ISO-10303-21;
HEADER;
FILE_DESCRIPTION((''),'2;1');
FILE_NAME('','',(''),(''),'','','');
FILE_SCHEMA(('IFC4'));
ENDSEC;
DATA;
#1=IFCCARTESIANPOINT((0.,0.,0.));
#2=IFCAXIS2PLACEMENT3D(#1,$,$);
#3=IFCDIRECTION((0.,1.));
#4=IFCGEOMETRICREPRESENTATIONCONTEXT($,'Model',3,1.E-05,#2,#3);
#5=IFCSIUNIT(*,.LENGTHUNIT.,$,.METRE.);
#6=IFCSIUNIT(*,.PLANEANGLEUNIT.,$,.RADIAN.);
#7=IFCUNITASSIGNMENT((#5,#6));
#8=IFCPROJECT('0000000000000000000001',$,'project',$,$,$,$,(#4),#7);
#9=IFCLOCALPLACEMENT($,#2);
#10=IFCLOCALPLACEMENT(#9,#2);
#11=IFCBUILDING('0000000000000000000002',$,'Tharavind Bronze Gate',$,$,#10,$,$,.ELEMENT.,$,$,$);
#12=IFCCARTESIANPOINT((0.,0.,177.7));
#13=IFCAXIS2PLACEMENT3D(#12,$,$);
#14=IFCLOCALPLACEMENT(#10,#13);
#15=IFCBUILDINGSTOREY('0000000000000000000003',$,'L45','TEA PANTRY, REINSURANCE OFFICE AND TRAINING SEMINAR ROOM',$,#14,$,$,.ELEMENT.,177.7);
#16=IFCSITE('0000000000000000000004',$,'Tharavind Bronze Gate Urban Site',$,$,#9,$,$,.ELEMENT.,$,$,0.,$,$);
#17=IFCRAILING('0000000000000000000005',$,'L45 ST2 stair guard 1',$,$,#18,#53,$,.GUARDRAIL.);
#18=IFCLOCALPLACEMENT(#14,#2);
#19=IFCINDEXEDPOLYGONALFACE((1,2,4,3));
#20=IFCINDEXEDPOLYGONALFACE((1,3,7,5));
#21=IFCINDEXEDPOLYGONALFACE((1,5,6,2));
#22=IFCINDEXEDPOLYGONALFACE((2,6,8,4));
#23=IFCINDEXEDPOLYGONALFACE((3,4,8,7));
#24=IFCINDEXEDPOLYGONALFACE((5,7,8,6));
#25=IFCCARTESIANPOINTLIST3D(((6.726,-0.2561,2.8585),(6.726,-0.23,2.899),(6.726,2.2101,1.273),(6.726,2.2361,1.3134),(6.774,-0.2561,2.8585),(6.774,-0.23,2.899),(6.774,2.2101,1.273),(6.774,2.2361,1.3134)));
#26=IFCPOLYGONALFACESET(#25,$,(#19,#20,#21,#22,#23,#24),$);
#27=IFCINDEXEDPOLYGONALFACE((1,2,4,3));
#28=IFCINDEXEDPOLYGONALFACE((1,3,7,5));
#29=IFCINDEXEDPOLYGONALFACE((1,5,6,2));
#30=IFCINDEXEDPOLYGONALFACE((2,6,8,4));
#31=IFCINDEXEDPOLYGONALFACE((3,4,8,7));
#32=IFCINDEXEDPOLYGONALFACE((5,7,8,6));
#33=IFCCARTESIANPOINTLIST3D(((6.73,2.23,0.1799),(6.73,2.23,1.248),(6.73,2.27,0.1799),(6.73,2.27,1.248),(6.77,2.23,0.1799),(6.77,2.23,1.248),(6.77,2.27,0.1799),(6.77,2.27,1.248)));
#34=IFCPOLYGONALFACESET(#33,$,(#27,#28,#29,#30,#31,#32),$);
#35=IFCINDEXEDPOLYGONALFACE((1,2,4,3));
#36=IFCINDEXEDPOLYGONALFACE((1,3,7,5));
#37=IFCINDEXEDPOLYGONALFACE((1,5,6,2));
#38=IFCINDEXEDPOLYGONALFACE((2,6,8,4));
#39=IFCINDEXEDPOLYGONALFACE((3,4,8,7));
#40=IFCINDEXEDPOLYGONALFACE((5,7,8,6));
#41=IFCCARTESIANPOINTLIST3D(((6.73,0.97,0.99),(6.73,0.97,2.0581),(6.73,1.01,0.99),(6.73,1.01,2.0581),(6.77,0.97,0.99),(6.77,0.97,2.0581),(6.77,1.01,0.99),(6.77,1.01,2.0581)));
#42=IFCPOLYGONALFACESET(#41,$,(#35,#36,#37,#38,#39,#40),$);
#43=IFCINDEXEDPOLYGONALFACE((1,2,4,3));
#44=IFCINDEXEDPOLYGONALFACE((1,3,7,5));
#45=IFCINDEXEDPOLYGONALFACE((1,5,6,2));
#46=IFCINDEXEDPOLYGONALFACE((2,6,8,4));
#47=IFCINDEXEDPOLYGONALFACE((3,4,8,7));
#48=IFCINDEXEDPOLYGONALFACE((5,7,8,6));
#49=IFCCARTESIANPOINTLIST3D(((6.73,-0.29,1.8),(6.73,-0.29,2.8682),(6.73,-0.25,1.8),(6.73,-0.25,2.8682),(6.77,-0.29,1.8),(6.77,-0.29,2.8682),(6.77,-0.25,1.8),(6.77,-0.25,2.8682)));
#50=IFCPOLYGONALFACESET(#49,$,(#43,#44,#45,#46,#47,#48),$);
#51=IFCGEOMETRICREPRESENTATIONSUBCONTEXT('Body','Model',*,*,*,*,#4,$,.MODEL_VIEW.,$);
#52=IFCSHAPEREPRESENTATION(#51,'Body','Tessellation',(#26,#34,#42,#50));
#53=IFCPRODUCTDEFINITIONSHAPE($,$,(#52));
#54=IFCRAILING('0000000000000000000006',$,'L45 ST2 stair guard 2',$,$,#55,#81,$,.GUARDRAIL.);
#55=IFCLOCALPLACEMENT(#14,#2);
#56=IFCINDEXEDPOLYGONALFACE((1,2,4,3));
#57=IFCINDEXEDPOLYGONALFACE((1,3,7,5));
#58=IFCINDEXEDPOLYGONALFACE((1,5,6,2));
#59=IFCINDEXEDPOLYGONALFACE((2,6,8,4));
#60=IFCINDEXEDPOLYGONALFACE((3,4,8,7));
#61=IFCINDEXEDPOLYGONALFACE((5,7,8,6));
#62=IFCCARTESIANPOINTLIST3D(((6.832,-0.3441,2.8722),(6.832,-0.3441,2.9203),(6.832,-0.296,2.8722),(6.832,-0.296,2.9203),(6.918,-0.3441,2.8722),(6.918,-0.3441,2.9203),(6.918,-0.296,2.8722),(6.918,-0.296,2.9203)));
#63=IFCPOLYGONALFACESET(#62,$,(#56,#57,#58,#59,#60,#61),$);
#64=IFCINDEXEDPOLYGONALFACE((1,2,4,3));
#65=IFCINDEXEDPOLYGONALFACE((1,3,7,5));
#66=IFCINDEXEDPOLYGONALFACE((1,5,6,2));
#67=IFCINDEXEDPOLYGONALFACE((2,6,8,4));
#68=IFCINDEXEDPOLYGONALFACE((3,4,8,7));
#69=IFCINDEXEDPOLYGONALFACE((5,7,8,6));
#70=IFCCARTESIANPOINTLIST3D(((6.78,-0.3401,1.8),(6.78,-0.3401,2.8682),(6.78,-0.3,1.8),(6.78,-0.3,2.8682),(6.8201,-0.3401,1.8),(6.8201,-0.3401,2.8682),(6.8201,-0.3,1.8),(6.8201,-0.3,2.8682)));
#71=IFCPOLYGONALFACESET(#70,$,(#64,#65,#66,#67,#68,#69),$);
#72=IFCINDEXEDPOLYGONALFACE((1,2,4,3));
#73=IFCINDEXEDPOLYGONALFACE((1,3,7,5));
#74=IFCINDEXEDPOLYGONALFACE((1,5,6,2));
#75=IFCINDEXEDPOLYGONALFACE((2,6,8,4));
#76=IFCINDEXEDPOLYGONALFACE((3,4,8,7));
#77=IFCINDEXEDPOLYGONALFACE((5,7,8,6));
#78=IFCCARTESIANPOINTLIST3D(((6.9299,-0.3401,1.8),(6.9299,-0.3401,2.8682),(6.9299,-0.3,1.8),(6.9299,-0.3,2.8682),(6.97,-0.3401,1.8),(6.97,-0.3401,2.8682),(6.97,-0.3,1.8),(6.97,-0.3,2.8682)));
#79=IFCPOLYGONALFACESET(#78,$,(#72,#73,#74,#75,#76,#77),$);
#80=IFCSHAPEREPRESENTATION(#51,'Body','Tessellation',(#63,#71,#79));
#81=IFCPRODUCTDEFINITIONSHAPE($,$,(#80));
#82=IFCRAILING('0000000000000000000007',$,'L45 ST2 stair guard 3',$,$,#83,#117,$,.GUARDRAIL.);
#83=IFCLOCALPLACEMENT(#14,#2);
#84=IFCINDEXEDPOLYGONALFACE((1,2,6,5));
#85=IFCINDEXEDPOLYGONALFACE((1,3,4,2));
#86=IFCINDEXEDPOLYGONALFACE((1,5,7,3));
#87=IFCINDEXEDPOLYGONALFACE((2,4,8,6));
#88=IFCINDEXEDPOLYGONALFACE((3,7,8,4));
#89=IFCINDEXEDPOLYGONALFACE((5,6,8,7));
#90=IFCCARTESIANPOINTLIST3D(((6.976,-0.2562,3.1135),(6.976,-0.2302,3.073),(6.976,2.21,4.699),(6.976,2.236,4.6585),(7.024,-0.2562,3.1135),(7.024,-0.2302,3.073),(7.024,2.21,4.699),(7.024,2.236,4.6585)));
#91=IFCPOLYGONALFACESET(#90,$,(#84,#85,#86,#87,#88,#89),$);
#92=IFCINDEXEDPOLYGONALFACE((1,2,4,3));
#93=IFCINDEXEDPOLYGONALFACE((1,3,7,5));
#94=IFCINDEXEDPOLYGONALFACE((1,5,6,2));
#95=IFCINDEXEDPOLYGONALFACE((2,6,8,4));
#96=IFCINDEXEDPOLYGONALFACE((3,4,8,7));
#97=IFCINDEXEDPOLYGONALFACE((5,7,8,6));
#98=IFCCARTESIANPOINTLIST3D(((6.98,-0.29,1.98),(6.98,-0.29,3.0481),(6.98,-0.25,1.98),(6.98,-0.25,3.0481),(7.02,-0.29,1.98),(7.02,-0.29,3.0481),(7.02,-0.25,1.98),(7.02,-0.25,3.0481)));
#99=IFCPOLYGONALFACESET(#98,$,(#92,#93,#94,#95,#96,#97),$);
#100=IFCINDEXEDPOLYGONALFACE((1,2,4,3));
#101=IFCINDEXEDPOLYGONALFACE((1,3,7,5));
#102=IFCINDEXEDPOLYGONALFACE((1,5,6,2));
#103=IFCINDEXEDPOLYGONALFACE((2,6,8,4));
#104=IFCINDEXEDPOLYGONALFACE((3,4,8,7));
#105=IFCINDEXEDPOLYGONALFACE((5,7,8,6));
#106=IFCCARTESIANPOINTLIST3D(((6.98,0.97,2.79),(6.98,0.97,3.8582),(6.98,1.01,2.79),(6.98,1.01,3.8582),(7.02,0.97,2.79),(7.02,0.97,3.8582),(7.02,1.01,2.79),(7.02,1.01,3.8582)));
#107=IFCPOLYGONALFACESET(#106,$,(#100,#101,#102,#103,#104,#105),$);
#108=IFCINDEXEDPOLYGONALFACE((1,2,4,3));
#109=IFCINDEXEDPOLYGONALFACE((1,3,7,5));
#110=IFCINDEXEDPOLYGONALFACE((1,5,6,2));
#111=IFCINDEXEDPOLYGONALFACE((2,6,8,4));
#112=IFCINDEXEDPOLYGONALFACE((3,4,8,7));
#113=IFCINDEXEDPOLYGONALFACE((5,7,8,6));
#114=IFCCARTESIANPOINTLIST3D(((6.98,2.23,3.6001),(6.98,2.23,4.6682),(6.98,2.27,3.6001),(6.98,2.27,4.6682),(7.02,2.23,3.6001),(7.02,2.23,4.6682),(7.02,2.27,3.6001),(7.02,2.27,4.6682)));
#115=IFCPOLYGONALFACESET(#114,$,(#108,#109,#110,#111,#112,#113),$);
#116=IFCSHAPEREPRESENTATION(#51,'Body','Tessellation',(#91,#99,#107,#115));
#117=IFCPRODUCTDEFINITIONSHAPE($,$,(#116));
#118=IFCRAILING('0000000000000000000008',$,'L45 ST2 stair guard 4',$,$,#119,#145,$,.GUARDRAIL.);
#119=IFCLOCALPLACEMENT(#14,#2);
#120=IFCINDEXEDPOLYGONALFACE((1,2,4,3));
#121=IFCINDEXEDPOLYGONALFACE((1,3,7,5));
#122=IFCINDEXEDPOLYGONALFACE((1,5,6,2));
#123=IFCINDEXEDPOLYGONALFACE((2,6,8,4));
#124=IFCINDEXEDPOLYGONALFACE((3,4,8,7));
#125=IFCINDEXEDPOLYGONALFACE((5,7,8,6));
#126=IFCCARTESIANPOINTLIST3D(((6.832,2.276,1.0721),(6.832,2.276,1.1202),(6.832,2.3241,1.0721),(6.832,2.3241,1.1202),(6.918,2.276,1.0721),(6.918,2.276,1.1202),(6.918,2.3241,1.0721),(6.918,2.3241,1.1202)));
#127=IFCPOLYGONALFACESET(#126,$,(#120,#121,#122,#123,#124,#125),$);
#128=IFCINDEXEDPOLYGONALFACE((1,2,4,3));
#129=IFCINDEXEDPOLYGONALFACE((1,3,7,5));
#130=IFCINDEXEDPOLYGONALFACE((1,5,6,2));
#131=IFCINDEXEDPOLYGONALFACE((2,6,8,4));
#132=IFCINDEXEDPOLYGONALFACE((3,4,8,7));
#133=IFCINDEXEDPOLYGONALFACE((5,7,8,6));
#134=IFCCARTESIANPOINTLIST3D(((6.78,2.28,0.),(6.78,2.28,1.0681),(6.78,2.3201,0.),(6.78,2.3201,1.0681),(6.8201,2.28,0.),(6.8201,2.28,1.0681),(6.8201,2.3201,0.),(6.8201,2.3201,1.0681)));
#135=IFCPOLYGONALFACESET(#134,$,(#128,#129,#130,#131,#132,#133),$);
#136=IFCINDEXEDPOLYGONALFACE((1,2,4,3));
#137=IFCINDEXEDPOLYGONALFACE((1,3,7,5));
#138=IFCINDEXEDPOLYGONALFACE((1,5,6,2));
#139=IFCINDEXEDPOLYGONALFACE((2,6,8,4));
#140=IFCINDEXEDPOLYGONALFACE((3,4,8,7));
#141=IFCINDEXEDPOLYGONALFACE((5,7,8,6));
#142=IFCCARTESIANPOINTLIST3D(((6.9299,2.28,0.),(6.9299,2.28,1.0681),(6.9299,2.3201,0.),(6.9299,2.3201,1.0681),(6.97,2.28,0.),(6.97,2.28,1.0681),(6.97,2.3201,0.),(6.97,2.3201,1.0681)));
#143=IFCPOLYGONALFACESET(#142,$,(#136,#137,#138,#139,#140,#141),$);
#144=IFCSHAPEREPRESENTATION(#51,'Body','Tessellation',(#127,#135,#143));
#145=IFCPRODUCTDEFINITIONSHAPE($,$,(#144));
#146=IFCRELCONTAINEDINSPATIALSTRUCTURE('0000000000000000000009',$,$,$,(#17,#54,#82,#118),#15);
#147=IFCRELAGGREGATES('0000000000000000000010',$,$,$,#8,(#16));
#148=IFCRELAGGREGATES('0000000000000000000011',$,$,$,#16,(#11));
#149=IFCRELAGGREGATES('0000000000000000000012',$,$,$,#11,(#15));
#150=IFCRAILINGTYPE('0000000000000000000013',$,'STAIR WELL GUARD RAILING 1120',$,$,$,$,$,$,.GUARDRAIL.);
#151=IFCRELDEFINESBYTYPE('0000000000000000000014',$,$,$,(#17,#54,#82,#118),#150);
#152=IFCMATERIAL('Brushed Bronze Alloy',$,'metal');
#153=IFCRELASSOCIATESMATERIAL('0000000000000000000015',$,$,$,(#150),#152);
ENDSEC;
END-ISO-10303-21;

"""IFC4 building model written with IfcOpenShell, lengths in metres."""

from ifc_helpers import new_model, si_unit, direction, frame, origin, origin_2d, place, context, subcontext, project, spatial, rectangle, extrude, material, type_object, element, save


model = new_model("IFC4")

# Units and contexts
model_context = context("Model", 3, precision=1e-05, world=origin(), true_north=direction((0.0, 1.0)))
body_context = subcontext(model_context, "Body", "Model", "MODEL_VIEW")
ifc_project = project(units=[si_unit("LENGTHUNIT", "METRE"), si_unit("PLANEANGLEUNIT", "RADIAN")], contexts=[model_context])

# Site, building, storey
site_placement = place(None, origin())
site = spatial("IfcSite", under=ifc_project, at=site_placement, Name="Tharavind Bronze Gate Urban Site", CompositionType="ELEMENT", RefElevation=0.0)
building_placement = place(site_placement, origin())
building = spatial("IfcBuilding", under=site, at=building_placement, Name="Tharavind Bronze Gate", CompositionType="ELEMENT")
storey_placement = place(building_placement, frame((0.0, 0.0, 177.7)))
storey = spatial("IfcBuildingStorey", under=building, at=storey_placement, Name="L45", Description="TEA PANTRY, REINSURANCE OFFICE AND TRAINING SEMINAR ROOM", CompositionType="ELEMENT", Elevation=177.7)

# Railings
ifc_material_1 = material(Name="Brushed Bronze Alloy", Category="metal")
railing_type_1 = type_object("IfcRailingType", Name="STAIR WELL GUARD RAILING 1120", PredefinedType="GUARDRAIL", material=ifc_material_1)
railing_1_placement = place(storey_placement, frame((6.75, 2.25, 0.1799)))
element("IfcRailing", 1, at=railing_1_placement, inside=storey, type_object=railing_type_1, Name="L45 ST2 stair guard 1", PredefinedType="GUARDRAIL", context=body_context, shape_type="SweptSolid", body=[
    extrude(rectangle(XDim=0.0481, YDim=0.0481, at=origin_2d()), frame((0.0, -0.0269, 1.1133), z_axis=(0.0, -0.841163, 0.540782), x_axis=(1.0, 0.0, 0.0)), (0.0, 0.0, 1.0), 2.9319),
    extrude(rectangle(XDim=0.04, YDim=0.04, at=origin_2d()), origin(), (0.0, 0.0, 1.0), 1.0681),
    extrude(rectangle(XDim=0.04, YDim=0.04, at=origin_2d()), frame((0.0, -1.26, 0.8101)), (0.0, 0.0, 1.0), 1.0681),
    extrude(rectangle(XDim=0.04, YDim=0.04, at=origin_2d()), frame((0.0, -2.52, 1.6201)), (0.0, 0.0, 1.0), 1.0681),
])
railing_2_placement = place(storey_placement, frame((6.8, -0.3201, 1.8)))
element("IfcRailing", 2, at=railing_2_placement, inside=storey, type_object=railing_type_1, Name="L45 ST2 stair guard 2", PredefinedType="GUARDRAIL", context=body_context, shape_type="SweptSolid", body=[
    extrude(rectangle(XDim=0.0481, YDim=0.0481, at=origin_2d()), frame((0.032, 0.0, 1.0962), z_axis=(1.0, 0.0, 0.0), x_axis=(0.0, 1.0, 0.0)), (0.0, 0.0, 1.0), 0.0859),
    extrude(rectangle(XDim=0.04, YDim=0.04, at=origin_2d()), origin(), (0.0, 0.0, 1.0), 1.0681),
    extrude(rectangle(XDim=0.04, YDim=0.04, at=origin_2d()), frame((0.1499, 0.0, 0.0)), (0.0, 0.0, 1.0), 1.0681),
])
railing_3_placement = place(storey_placement, frame((7.0, -0.27, 1.98)))
element("IfcRailing", 3, at=railing_3_placement, inside=storey, type_object=railing_type_1, Name="L45 ST2 stair guard 3", PredefinedType="GUARDRAIL", context=body_context, shape_type="SweptSolid", body=[
    extrude(rectangle(XDim=0.0481, YDim=0.0481, at=origin_2d()), frame((0.0, 0.0269, 1.1133), z_axis=(0.0, 0.841163, 0.540782), x_axis=(-1.0, 0.0, 0.0)), (0.0, 0.0, 1.0), 2.9319),
    extrude(rectangle(XDim=0.04, YDim=0.04, at=origin_2d()), origin(), (0.0, 0.0, 1.0), 1.0681),
    extrude(rectangle(XDim=0.04, YDim=0.04, at=origin_2d()), frame((0.0, 1.26, 0.8101)), (0.0, 0.0, 1.0), 1.0681),
    extrude(rectangle(XDim=0.04, YDim=0.04, at=origin_2d()), frame((0.0, 2.52, 1.6201)), (0.0, 0.0, 1.0), 1.0681),
])
railing_4_placement = place(storey_placement, frame((6.8, 2.3, 0.0)))
element("IfcRailing", 4, at=railing_4_placement, inside=storey, type_object=railing_type_1, Name="L45 ST2 stair guard 4", PredefinedType="GUARDRAIL", context=body_context, shape_type="SweptSolid", body=[
    extrude(rectangle(XDim=0.0481, YDim=0.0481, at=origin_2d()), frame((0.032, 0.0, 1.0962), z_axis=(1.0, 0.0, 0.0), x_axis=(0.0, 1.0, 0.0)), (0.0, 0.0, 1.0), 0.0859),
    extrude(rectangle(XDim=0.04, YDim=0.04, at=origin_2d()), origin(), (0.0, 0.0, 1.0), 1.0681),
    extrude(rectangle(XDim=0.04, YDim=0.04, at=origin_2d()), frame((0.1499, 0.0, 0.0)), (0.0, 0.0, 1.0), 1.0681),
])

save(model, "model.ifc")
